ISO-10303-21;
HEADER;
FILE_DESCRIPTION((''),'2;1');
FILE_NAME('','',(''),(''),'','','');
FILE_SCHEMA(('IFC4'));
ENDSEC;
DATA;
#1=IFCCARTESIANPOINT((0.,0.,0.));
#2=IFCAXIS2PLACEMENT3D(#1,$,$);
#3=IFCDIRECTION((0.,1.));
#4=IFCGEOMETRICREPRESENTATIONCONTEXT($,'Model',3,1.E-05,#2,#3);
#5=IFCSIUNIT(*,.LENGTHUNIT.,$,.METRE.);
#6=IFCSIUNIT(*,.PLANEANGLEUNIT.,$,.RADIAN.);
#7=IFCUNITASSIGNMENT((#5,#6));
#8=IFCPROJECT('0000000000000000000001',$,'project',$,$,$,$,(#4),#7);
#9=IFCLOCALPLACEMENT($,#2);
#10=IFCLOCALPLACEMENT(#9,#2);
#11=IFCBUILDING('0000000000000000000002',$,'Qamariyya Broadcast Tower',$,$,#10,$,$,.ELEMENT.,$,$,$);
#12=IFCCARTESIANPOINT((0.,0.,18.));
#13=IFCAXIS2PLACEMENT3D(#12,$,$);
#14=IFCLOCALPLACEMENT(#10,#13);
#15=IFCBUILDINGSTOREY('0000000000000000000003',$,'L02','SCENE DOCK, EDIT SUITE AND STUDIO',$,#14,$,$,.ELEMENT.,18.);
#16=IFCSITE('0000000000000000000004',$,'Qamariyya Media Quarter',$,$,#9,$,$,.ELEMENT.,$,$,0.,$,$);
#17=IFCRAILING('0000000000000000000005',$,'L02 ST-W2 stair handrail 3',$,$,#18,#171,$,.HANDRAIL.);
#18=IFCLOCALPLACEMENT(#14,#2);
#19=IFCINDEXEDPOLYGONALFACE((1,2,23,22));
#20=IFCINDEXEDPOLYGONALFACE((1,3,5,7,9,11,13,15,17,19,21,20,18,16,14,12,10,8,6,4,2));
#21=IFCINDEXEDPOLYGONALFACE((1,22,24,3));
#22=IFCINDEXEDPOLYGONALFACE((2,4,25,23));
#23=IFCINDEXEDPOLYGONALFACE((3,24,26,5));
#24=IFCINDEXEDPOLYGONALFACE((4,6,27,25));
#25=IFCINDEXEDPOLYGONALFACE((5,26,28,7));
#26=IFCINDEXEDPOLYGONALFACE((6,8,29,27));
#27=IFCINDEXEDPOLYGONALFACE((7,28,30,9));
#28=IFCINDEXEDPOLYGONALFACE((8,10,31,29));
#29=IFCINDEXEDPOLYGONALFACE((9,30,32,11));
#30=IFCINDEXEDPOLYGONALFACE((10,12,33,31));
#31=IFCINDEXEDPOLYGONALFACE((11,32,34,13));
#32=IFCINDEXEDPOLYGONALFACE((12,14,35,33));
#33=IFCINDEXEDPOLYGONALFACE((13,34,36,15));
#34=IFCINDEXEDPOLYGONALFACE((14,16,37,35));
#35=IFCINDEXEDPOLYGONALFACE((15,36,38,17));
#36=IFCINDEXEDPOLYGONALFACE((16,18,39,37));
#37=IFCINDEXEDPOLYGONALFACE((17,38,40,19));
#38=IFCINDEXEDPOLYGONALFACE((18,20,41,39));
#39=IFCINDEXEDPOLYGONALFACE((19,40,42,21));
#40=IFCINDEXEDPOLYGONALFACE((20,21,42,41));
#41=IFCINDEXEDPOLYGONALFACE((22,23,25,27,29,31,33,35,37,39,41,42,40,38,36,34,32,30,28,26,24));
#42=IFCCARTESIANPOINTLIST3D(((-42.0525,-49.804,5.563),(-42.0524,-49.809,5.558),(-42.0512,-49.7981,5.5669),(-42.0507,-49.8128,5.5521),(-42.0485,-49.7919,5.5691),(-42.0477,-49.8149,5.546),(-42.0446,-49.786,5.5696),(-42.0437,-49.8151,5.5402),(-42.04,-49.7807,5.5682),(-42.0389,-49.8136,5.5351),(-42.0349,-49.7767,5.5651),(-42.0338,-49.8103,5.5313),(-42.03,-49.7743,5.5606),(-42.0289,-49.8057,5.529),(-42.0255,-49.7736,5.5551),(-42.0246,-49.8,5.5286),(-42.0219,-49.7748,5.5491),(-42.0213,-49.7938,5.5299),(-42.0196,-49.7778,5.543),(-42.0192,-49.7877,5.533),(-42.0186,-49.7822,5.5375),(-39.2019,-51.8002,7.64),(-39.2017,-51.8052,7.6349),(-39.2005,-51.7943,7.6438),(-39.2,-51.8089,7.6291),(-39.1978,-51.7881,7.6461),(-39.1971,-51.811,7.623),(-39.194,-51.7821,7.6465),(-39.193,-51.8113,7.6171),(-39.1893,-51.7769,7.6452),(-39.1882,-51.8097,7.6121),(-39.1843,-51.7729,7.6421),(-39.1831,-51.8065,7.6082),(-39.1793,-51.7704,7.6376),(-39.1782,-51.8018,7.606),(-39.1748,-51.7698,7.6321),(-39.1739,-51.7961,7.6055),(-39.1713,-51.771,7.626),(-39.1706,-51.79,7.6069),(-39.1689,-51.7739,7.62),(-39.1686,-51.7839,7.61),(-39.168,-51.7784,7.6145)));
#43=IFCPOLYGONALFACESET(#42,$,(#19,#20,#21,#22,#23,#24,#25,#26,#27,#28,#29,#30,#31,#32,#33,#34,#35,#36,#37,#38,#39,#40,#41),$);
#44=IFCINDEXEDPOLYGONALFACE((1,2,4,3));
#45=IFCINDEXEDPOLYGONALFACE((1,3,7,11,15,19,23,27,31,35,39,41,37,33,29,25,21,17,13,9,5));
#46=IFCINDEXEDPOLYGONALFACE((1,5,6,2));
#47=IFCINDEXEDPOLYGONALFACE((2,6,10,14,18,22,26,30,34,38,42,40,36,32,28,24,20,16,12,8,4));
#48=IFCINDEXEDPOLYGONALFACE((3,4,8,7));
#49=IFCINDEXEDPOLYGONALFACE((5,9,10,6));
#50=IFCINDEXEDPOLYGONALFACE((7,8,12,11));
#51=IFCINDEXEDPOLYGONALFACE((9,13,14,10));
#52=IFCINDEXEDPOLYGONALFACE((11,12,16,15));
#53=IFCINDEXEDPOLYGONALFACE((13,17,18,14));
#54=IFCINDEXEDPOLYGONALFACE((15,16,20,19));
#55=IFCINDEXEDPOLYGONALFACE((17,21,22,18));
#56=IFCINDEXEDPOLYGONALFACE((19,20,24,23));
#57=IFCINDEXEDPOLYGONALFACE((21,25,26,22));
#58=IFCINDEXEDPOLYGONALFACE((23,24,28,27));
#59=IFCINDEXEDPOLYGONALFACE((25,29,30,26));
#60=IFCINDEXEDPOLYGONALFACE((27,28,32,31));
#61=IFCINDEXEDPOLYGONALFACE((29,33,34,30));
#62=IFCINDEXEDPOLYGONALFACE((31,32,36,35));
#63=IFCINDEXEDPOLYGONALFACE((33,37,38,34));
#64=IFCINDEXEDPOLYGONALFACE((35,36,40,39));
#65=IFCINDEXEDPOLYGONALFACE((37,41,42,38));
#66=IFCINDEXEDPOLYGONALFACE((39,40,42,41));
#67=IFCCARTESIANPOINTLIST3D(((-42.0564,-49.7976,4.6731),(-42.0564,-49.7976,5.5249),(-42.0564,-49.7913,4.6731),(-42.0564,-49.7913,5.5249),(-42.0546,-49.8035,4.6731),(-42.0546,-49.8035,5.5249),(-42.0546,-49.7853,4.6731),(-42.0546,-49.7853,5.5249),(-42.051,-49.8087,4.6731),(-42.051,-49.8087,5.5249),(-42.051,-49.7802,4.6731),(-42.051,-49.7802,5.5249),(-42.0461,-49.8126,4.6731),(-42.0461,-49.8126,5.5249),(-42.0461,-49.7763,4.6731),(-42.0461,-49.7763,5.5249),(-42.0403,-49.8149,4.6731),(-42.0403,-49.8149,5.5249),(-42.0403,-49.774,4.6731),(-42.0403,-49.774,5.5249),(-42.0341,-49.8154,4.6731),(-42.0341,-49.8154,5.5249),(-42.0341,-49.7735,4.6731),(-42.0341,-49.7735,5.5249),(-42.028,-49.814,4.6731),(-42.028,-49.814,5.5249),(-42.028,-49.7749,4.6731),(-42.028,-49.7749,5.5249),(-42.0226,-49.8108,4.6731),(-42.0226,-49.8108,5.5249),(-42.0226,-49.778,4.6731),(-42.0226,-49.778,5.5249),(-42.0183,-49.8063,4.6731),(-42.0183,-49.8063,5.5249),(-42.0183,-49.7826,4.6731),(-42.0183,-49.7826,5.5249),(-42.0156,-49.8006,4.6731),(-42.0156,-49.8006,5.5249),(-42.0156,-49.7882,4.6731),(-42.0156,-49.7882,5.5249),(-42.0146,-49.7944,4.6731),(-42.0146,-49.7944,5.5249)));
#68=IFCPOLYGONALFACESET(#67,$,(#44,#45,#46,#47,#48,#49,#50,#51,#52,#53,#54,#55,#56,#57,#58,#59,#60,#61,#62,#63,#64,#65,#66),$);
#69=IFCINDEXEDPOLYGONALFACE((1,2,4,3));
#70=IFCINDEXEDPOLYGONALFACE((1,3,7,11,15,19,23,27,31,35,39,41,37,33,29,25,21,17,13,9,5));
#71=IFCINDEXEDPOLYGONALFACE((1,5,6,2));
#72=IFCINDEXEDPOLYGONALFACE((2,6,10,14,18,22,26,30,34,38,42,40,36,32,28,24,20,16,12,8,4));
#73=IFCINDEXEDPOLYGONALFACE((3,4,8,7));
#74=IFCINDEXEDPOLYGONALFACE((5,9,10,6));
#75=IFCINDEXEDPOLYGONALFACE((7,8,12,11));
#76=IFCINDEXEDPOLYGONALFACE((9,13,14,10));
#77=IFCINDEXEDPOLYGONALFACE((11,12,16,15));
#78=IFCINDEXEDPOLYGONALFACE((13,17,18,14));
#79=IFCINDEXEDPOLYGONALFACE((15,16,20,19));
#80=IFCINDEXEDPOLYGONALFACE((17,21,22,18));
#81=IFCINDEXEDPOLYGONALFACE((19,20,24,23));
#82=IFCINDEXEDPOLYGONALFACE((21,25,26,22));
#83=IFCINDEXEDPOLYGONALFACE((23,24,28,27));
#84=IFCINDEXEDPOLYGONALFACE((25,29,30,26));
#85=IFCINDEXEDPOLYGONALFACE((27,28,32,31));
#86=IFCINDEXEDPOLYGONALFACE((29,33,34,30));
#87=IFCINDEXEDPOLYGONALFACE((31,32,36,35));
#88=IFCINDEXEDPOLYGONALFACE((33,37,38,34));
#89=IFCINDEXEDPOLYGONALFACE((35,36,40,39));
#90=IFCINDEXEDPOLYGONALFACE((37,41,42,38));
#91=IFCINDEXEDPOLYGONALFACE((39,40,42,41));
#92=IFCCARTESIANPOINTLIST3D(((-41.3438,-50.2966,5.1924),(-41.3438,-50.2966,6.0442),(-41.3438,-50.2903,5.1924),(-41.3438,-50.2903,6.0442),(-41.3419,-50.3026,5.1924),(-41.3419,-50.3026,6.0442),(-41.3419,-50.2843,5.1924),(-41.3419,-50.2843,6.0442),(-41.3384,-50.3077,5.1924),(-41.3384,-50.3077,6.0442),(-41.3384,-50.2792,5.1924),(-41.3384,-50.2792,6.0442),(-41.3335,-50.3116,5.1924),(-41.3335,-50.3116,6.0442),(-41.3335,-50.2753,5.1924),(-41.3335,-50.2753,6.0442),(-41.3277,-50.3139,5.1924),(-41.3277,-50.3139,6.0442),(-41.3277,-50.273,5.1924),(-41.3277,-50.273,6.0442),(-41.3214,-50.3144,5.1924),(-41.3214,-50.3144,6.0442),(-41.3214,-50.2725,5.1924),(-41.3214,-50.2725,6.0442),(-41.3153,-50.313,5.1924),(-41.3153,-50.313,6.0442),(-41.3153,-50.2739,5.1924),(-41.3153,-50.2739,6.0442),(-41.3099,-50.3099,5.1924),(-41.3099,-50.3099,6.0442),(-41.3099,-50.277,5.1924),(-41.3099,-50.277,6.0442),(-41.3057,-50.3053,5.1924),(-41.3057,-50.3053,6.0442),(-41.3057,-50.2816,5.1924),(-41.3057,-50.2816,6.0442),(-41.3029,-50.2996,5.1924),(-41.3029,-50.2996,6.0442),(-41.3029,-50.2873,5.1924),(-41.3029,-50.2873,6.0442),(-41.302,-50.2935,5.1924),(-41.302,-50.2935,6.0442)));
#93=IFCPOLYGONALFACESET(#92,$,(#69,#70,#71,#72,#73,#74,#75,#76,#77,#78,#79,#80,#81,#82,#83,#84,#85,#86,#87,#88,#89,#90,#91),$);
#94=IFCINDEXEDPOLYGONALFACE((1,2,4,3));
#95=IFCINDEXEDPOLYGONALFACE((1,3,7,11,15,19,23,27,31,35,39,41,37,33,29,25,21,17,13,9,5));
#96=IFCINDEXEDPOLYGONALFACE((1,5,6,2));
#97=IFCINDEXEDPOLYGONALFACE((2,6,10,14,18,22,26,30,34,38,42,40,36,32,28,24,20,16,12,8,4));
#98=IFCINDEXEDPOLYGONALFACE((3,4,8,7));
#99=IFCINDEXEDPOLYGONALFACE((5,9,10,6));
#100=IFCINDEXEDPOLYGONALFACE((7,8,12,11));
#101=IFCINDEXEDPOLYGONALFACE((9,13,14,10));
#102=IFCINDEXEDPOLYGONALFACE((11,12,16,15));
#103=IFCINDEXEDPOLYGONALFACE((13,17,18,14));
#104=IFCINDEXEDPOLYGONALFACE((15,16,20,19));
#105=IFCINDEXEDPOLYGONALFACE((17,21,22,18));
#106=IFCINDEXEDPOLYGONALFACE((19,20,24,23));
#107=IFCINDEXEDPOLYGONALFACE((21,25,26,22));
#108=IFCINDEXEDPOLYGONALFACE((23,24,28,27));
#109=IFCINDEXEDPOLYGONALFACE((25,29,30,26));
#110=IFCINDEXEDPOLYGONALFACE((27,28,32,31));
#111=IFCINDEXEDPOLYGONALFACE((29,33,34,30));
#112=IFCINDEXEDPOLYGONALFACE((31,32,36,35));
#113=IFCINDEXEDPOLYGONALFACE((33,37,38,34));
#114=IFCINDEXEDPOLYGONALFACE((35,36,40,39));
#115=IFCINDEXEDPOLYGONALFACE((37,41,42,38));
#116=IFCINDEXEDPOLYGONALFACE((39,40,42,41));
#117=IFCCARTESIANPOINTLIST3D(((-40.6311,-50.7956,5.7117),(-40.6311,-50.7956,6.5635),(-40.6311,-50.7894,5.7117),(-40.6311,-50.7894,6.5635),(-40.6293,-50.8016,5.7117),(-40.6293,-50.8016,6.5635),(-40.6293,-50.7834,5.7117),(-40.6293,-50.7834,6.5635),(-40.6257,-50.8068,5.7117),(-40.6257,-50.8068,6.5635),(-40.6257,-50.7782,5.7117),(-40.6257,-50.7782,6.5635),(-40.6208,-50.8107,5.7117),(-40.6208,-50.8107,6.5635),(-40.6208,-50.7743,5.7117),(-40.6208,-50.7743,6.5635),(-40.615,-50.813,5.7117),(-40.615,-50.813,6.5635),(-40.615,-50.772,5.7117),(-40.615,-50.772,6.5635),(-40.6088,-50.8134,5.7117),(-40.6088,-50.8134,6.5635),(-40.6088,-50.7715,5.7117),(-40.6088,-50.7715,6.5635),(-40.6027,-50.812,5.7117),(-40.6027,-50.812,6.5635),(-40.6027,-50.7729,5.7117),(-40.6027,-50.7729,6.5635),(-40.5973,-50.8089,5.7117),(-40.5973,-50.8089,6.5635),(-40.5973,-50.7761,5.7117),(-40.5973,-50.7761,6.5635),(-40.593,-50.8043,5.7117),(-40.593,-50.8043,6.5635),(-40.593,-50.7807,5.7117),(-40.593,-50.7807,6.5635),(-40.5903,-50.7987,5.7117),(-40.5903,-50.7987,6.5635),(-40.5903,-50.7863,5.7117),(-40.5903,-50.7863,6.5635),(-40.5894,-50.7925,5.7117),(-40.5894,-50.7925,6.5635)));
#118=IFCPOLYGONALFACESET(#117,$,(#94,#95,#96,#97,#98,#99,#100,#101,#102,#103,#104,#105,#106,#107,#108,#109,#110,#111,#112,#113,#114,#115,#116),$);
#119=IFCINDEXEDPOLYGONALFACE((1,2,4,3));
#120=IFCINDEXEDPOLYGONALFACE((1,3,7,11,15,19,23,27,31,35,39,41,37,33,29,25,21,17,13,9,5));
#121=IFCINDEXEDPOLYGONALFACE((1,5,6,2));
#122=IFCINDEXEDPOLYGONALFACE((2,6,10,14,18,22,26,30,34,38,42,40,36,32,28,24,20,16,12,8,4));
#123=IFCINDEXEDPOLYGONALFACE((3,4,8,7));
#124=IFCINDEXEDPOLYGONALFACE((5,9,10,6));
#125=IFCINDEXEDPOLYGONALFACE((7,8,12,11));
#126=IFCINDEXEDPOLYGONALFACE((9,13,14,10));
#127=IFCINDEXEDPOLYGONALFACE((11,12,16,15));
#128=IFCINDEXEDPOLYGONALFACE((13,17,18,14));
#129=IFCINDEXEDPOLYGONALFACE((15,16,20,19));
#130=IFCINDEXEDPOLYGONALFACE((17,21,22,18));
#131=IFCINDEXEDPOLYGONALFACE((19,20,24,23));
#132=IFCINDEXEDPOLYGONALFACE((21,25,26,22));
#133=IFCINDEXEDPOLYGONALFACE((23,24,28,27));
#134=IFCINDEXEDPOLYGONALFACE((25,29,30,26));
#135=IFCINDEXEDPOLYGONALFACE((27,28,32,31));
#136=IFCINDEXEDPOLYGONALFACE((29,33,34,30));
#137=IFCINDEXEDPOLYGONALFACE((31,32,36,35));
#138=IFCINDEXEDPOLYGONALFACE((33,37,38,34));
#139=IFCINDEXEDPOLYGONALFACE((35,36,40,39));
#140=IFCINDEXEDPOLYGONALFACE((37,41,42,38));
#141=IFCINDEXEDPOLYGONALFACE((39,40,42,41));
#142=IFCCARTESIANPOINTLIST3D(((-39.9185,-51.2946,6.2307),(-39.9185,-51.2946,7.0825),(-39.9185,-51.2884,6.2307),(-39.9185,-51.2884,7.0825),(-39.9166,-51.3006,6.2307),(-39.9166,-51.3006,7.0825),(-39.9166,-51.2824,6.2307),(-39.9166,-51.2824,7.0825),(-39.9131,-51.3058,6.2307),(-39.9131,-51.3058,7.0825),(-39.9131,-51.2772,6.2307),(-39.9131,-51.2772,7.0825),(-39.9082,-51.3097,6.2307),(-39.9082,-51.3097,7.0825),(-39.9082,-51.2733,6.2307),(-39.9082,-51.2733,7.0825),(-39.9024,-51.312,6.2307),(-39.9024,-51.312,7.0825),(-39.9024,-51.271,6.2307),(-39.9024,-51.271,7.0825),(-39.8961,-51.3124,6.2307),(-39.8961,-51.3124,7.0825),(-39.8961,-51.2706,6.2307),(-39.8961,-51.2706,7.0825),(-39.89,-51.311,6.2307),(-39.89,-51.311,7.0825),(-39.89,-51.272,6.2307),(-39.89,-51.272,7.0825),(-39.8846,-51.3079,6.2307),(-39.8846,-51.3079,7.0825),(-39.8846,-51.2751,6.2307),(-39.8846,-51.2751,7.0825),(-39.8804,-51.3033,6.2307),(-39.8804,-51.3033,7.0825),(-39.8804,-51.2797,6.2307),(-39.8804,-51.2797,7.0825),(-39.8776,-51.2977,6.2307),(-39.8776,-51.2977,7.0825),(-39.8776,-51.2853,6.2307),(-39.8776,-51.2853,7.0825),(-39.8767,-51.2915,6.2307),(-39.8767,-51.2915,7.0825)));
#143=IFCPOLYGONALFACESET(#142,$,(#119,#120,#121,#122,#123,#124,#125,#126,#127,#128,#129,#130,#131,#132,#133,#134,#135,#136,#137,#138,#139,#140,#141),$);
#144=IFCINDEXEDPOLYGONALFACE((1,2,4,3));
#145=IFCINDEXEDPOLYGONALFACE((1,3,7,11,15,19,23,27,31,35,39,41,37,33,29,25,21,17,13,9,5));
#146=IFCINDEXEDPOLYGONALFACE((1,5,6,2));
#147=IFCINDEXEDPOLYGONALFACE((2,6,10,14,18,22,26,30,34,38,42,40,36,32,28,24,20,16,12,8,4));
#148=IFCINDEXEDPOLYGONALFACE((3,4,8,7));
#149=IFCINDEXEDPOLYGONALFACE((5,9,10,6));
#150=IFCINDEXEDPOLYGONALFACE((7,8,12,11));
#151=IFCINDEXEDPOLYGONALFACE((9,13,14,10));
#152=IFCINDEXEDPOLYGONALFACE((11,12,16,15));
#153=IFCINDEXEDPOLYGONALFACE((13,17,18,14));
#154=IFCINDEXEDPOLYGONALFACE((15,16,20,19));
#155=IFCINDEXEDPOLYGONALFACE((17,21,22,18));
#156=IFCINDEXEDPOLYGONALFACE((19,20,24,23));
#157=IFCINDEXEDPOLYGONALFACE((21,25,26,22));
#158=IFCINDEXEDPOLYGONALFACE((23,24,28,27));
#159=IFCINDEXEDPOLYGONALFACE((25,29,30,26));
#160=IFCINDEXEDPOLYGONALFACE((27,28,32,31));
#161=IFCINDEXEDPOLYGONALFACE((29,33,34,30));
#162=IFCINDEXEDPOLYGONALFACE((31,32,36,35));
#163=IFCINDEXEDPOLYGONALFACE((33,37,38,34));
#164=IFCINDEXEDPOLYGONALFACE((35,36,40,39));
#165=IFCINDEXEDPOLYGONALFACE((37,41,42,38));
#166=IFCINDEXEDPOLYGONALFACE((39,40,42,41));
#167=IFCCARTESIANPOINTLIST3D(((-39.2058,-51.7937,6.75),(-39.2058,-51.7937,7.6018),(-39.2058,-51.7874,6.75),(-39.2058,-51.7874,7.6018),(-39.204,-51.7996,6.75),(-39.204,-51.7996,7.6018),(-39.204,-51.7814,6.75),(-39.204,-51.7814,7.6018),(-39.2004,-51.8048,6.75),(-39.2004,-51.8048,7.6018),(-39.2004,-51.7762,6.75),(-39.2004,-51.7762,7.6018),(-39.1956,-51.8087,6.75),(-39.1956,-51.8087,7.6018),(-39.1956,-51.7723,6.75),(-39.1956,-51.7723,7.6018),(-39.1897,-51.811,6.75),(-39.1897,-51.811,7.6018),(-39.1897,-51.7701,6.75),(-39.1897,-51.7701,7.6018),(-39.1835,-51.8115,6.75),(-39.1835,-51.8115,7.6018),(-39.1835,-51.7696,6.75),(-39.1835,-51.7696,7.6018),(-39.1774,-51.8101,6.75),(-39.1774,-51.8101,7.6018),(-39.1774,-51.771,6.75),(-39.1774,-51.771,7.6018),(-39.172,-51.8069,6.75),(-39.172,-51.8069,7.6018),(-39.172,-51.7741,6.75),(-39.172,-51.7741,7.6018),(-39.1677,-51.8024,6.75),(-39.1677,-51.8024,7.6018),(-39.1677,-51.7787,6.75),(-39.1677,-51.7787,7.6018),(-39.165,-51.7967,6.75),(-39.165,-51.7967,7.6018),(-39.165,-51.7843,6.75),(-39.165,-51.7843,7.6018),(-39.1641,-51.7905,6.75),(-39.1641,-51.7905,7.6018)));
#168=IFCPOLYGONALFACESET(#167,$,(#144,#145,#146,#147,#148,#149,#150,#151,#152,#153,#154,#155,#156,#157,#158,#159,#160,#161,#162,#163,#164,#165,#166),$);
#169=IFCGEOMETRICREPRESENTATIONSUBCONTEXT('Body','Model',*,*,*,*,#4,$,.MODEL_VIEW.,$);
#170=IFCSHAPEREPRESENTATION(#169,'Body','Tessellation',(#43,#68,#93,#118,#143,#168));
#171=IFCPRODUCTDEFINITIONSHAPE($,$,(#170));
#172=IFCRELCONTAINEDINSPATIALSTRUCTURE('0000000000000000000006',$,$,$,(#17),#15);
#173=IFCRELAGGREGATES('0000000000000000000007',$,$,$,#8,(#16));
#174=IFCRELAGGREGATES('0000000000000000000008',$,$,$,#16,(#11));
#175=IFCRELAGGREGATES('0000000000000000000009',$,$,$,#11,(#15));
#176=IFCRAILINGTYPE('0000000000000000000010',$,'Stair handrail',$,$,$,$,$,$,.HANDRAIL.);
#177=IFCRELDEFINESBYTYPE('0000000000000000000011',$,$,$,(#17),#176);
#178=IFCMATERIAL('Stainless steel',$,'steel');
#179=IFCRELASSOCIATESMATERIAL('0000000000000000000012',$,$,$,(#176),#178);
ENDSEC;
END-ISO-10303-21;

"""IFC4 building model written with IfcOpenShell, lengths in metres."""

from ifc_helpers import new_model, si_unit, direction, frame, origin, origin_2d, place, context, subcontext, project, spatial, circle, extrude, material, type_object, element, save


model = new_model("IFC4")

# Units and contexts
model_context = context("Model", 3, precision=1e-05, world=origin(), true_north=direction((0.0, 1.0)))
body_context = subcontext(model_context, "Body", "Model", "MODEL_VIEW")
ifc_project = project(units=[si_unit("LENGTHUNIT", "METRE"), si_unit("PLANEANGLEUNIT", "RADIAN")], contexts=[model_context])

# Site, building, storey
site_placement = place(None, origin())
site = spatial("IfcSite", under=ifc_project, at=site_placement, Name="Qamariyya Media Quarter", CompositionType="ELEMENT", RefElevation=0.0)
building_placement = place(site_placement, origin())
building = spatial("IfcBuilding", under=site, at=building_placement, Name="Qamariyya Broadcast Tower", CompositionType="ELEMENT")
storey_placement = place(building_placement, frame((0.0, 0.0, 18.0)))
storey = spatial("IfcBuildingStorey", under=building, at=storey_placement, Name="L02", Description="SCENE DOCK, EDIT SUITE AND STUDIO", CompositionType="ELEMENT", Elevation=18.0)

# Railing
ifc_material_1 = material(Name="Stainless steel", Category="steel")
railing_type = type_object("IfcRailingType", Name="Stair handrail", PredefinedType="HANDRAIL", material=ifc_material_1)
for number, where, name in (
    (1, (-42.0356, -49.7944, 4.6731), "L02 ST-W2 stair handrail 3"),
):
    element("IfcRailing", number, at=place(storey_placement, frame(where)), inside=storey, type_object=railing_type, Name=name, PredefinedType="HANDRAIL", context=body_context, shape_type="SweptSolid", body=[
        extrude(circle(Radius=0.0239, at=origin_2d()), frame((0.0, 0.0, 0.876), z_axis=(0.703393, -0.492544, 0.512484), x_axis=(0.573594, 0.81914, 0.0)), (0.0, 0.0, 1.0), 4.0527),
        extrude(circle(Radius=0.021, at=origin_2d()), origin(), (0.0, 0.0, 1.0), 0.8518),
        extrude(circle(Radius=0.021, at=origin_2d()), frame((0.7126, -0.499, 0.5193)), (0.0, 0.0, 1.0), 0.8518),
        extrude(circle(Radius=0.021, at=origin_2d()), frame((1.4253, -0.998, 1.0386)), (0.0, 0.0, 1.0), 0.8518),
        extrude(circle(Radius=0.021, at=origin_2d()), frame((2.1379, -1.4971, 1.5576)), (0.0, 0.0, 1.0), 0.8518),
        extrude(circle(Radius=0.021, at=origin_2d()), frame((2.8506, -1.9961, 2.0769)), (0.0, 0.0, 1.0), 0.8518),
    ])

save(model, "model.ifc")
